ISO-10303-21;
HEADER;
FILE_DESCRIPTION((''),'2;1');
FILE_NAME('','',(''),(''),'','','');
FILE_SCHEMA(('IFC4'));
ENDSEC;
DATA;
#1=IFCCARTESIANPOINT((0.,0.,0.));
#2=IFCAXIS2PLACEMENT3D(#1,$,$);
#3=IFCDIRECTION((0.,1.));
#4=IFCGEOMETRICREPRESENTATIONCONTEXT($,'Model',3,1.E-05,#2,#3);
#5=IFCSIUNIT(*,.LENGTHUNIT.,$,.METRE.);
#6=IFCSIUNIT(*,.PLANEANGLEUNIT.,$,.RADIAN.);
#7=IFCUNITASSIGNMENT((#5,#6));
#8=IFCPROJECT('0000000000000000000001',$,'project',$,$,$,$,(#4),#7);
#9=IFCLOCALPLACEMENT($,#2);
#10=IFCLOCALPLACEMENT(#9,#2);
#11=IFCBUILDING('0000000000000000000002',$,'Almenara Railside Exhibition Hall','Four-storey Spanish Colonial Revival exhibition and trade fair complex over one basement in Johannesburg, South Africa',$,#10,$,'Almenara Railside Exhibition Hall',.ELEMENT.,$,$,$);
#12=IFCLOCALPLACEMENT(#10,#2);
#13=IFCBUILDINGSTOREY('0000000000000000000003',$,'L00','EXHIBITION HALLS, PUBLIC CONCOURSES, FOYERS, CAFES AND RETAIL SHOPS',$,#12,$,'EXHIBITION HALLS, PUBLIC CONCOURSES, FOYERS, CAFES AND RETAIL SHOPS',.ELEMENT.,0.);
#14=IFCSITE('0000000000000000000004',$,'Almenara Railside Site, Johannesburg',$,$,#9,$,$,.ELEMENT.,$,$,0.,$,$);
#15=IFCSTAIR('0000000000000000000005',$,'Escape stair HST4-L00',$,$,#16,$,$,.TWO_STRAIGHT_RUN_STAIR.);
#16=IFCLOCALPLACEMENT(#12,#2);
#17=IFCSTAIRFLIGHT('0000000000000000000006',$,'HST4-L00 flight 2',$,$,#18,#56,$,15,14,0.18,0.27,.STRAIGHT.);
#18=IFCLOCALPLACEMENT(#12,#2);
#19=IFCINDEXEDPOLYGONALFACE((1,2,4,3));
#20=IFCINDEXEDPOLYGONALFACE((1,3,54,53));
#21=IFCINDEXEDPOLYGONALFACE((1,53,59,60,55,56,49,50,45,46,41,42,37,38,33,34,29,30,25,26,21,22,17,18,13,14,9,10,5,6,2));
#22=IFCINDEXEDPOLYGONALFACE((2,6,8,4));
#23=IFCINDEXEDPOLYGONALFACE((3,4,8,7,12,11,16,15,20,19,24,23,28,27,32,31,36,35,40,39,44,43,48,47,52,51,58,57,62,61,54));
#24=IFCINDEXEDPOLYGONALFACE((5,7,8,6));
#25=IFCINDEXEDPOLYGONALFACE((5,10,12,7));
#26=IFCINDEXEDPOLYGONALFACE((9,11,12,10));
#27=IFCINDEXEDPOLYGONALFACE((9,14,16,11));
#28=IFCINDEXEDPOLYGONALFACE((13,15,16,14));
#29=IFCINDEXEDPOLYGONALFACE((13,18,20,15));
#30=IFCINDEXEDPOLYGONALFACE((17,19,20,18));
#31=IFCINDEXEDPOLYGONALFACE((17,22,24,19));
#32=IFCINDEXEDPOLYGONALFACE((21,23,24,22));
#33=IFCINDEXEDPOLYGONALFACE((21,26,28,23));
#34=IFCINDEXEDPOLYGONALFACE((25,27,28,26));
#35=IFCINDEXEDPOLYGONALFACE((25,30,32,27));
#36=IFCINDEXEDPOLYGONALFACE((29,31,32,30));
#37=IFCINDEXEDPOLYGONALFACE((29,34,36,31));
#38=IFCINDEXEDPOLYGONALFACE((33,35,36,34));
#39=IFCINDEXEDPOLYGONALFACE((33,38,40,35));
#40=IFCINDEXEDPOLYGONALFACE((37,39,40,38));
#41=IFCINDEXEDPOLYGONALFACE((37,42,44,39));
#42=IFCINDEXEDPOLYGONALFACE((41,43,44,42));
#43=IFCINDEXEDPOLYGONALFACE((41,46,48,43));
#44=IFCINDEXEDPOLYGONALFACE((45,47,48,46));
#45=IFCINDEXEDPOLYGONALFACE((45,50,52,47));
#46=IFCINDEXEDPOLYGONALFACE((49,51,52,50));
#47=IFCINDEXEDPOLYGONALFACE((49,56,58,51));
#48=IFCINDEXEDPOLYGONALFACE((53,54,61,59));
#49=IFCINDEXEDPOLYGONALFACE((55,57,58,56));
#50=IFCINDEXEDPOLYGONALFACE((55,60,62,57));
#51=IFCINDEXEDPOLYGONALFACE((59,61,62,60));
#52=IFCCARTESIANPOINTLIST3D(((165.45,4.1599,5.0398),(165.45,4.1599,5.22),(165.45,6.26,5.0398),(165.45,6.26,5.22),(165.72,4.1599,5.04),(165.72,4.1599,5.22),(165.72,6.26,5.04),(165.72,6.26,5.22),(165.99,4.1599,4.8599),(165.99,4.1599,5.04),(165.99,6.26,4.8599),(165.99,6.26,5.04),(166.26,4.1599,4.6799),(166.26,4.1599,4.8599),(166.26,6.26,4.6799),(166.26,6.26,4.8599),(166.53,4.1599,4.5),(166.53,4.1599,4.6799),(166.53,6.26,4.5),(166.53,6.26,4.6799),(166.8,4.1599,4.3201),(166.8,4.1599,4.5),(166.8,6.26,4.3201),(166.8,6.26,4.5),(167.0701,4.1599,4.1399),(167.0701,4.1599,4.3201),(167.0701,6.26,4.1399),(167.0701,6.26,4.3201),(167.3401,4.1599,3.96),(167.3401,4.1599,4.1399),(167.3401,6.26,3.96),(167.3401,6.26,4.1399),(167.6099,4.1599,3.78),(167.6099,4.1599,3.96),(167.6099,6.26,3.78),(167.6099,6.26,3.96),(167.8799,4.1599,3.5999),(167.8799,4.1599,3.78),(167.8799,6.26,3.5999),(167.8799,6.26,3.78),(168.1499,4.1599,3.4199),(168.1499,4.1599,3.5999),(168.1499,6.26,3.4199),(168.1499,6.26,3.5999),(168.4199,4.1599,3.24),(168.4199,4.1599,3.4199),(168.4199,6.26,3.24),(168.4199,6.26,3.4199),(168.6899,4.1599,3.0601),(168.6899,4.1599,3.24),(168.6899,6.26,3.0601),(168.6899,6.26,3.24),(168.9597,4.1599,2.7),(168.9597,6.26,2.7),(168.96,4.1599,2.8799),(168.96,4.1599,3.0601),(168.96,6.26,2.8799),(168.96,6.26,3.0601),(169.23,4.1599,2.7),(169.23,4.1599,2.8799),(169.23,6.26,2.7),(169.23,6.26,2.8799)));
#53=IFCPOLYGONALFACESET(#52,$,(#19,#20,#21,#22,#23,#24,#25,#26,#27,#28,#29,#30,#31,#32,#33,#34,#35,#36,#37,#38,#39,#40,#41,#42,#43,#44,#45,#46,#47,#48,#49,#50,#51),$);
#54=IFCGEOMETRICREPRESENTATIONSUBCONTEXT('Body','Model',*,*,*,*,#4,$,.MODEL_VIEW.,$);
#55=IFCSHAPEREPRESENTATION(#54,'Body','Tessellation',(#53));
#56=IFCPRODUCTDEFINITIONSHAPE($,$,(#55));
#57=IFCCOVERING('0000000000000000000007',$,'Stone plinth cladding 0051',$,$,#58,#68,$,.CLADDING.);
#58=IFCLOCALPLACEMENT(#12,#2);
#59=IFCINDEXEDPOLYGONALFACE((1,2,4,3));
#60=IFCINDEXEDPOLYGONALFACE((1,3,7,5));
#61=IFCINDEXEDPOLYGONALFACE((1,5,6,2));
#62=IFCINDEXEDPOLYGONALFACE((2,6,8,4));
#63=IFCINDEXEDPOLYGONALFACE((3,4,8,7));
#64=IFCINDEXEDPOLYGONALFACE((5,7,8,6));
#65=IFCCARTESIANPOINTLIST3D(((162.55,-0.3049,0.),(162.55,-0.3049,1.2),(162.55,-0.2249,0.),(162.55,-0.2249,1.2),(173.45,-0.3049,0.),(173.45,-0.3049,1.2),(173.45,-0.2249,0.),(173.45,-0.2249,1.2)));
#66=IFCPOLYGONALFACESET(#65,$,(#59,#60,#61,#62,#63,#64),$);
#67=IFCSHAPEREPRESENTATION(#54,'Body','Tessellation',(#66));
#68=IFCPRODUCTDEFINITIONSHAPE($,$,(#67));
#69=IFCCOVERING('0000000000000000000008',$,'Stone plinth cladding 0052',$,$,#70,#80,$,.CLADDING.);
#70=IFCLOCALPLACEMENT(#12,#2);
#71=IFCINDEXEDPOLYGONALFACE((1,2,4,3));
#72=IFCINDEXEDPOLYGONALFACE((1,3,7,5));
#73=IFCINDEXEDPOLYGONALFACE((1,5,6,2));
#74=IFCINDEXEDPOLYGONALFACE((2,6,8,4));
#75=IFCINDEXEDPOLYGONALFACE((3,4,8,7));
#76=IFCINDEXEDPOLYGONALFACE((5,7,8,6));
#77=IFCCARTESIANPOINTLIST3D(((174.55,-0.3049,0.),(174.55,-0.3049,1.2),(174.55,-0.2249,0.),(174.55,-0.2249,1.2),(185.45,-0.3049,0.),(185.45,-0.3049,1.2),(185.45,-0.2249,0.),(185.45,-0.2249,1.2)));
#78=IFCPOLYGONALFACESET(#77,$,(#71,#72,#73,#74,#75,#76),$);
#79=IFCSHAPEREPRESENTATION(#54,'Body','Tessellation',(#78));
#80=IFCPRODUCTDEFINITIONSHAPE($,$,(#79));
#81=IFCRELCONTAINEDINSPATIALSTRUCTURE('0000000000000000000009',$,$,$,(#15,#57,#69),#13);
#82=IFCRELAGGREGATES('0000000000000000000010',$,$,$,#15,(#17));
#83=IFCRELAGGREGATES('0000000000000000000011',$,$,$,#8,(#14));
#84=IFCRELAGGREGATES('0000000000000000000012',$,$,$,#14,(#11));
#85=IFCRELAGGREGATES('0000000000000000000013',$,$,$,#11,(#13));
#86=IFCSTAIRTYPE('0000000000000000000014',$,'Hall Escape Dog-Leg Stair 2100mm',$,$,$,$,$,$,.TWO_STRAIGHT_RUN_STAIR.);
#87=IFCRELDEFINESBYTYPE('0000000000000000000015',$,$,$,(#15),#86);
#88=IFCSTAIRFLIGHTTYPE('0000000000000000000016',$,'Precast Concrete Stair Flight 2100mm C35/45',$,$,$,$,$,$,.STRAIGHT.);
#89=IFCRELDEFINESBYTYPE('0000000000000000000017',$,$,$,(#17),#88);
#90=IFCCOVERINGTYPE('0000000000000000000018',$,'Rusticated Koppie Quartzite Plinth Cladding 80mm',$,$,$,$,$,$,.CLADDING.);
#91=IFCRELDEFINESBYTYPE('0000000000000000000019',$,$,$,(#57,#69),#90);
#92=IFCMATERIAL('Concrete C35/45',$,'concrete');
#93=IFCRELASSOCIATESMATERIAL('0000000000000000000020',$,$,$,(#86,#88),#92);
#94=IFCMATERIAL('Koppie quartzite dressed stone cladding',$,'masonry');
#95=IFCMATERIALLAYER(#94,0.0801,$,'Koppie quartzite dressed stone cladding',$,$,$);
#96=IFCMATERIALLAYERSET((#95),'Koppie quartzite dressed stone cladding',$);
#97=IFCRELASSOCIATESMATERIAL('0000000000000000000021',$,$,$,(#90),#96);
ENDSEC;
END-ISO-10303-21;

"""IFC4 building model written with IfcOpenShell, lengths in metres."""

from ifc_helpers import new_model, si_unit, direction, frame, origin, origin_2d, place, context, subcontext, project, spatial, polyline, rectangle, outline, extrude, material, layer, layer_set, type_object, element, aggregate, save


model = new_model("IFC4")

# Units and contexts
model_context = context("Model", 3, precision=1e-05, world=origin(), true_north=direction((0.0, 1.0)))
body_context = subcontext(model_context, "Body", "Model", "MODEL_VIEW")
ifc_project = project(units=[si_unit("LENGTHUNIT", "METRE"), si_unit("PLANEANGLEUNIT", "RADIAN")], contexts=[model_context])

# Site, building, storey
site_placement = place(None, origin())
site = spatial("IfcSite", under=ifc_project, at=site_placement, Name="Almenara Railside Site, Johannesburg", CompositionType="ELEMENT", RefElevation=0.0)
building_placement = place(site_placement, origin())
building = spatial("IfcBuilding", under=site, at=building_placement, Name="Almenara Railside Exhibition Hall", Description="Four-storey Spanish Colonial Revival exhibition and trade fair complex over one basement in Johannesburg, South Africa", LongName="Almenara Railside Exhibition Hall", CompositionType="ELEMENT")
storey_placement = place(building_placement, origin())
storey = spatial("IfcBuildingStorey", under=building, at=storey_placement, Name="L00", Description="EXHIBITION HALLS, PUBLIC CONCOURSES, FOYERS, CAFES AND RETAIL SHOPS", LongName="EXHIBITION HALLS, PUBLIC CONCOURSES, FOYERS, CAFES AND RETAIL SHOPS", CompositionType="ELEMENT", Elevation=0.0)

# Shared definitions
ifc_material_1 = material(Name="Concrete C35/45", Category="concrete")

# Stair, stair flight
stair_type = type_object("IfcStairType", Name="Hall Escape Dog-Leg Stair 2100mm", PredefinedType="TWO_STRAIGHT_RUN_STAIR", material=ifc_material_1)
stair_placement = place(storey_placement, origin())
stair = element("IfcStair", 1, at=stair_placement, inside=storey, type_object=stair_type, Name="Escape stair HST4-L00", PredefinedType="TWO_STRAIGHT_RUN_STAIR")
stair_flight_type = type_object("IfcStairFlightType", Name="Precast Concrete Stair Flight 2100mm C35/45", PredefinedType="STRAIGHT", material=ifc_material_1)
stair_flight_1_placement = place(storey_placement, frame((169.23, 5.21, 2.7), z_axis=(0.0, 0.0, 1.0), x_axis=(-1.0, 0.0, 0.0)))
stair_flight_1 = element("IfcStairFlight", 2, at=stair_flight_1_placement, type_object=stair_flight_type, Name="HST4-L00 flight 2", NumberOfRisers=15, NumberOfTreads=14, PredefinedType="STRAIGHT", RiserHeight=0.18, TreadLength=0.27, context=body_context, shape_type="SweptSolid", body=[
    extrude(outline(polyline([(0.0, 0.0), (0.0, 0.1799), (0.27, 0.1799), (0.27, 0.3601), (0.54, 0.3601), (0.54, 0.54), (0.8101, 0.54), (0.8101, 0.72), (1.0801, 0.72), (1.0801, 0.8999), (1.3501, 0.8999), (1.3501, 1.0801), (1.6201, 1.0801), (1.6201, 1.26), (1.8899, 1.26), (1.8899, 1.4399), (2.1599, 1.4399), (2.1599, 1.6201), (2.4299, 1.6201), (2.4299, 1.8), (2.7, 1.8), (2.7, 1.98), (2.97, 1.98), (2.97, 2.1599), (3.24, 2.1599), (3.24, 2.3401), (3.51, 2.3401), (3.51, 2.52), (3.78, 2.52), (3.78, 2.7), (3.78, 2.3398), (0.2703, 0.0), (0.0, 0.0)])), frame((0.0, 1.05, 0.0), z_axis=(0.0, -1.0, 0.0), x_axis=(1.0, 0.0, 0.0)), (0.0, 0.0, 1.0), 2.1001),
])
aggregate(stair, [stair_flight_1])

# Coverings
ifc_material_2 = material(Name="Koppie quartzite dressed stone cladding", Category="masonry")
ifc_layer_1 = layer(ifc_material_2, 0.0801, Name="Koppie quartzite dressed stone cladding")
ifc_layer_set_1 = layer_set([ifc_layer_1], Name="Koppie quartzite dressed stone cladding")
covering_type = type_object("IfcCoveringType", Name="Rusticated Koppie Quartzite Plinth Cladding 80mm", PredefinedType="CLADDING", material=ifc_layer_set_1)
for number, where, z_axis, x_axis, name in (
    (3, (168.0, -0.2649, 0.0), (0.0, 0.0, 1.0), (1.0, 0.0, 0.0), "Stone plinth cladding 0051"),
    (4, (180.0, -0.2649, 0.0), (0.0, 0.0, 1.0), (1.0, 0.0, 0.0), "Stone plinth cladding 0052"),
):
    element("IfcCovering", number, at=place(storey_placement, frame(where, z_axis=z_axis, x_axis=x_axis)), inside=storey, type_object=covering_type, Name=name, PredefinedType="CLADDING", context=body_context, shape_type="SweptSolid", body=[
        extrude(rectangle(XDim=10.8999, YDim=0.0801, at=origin_2d()), origin(), (0.0, 0.0, 1.0), 1.2),
    ])

save(model, "model.ifc")
